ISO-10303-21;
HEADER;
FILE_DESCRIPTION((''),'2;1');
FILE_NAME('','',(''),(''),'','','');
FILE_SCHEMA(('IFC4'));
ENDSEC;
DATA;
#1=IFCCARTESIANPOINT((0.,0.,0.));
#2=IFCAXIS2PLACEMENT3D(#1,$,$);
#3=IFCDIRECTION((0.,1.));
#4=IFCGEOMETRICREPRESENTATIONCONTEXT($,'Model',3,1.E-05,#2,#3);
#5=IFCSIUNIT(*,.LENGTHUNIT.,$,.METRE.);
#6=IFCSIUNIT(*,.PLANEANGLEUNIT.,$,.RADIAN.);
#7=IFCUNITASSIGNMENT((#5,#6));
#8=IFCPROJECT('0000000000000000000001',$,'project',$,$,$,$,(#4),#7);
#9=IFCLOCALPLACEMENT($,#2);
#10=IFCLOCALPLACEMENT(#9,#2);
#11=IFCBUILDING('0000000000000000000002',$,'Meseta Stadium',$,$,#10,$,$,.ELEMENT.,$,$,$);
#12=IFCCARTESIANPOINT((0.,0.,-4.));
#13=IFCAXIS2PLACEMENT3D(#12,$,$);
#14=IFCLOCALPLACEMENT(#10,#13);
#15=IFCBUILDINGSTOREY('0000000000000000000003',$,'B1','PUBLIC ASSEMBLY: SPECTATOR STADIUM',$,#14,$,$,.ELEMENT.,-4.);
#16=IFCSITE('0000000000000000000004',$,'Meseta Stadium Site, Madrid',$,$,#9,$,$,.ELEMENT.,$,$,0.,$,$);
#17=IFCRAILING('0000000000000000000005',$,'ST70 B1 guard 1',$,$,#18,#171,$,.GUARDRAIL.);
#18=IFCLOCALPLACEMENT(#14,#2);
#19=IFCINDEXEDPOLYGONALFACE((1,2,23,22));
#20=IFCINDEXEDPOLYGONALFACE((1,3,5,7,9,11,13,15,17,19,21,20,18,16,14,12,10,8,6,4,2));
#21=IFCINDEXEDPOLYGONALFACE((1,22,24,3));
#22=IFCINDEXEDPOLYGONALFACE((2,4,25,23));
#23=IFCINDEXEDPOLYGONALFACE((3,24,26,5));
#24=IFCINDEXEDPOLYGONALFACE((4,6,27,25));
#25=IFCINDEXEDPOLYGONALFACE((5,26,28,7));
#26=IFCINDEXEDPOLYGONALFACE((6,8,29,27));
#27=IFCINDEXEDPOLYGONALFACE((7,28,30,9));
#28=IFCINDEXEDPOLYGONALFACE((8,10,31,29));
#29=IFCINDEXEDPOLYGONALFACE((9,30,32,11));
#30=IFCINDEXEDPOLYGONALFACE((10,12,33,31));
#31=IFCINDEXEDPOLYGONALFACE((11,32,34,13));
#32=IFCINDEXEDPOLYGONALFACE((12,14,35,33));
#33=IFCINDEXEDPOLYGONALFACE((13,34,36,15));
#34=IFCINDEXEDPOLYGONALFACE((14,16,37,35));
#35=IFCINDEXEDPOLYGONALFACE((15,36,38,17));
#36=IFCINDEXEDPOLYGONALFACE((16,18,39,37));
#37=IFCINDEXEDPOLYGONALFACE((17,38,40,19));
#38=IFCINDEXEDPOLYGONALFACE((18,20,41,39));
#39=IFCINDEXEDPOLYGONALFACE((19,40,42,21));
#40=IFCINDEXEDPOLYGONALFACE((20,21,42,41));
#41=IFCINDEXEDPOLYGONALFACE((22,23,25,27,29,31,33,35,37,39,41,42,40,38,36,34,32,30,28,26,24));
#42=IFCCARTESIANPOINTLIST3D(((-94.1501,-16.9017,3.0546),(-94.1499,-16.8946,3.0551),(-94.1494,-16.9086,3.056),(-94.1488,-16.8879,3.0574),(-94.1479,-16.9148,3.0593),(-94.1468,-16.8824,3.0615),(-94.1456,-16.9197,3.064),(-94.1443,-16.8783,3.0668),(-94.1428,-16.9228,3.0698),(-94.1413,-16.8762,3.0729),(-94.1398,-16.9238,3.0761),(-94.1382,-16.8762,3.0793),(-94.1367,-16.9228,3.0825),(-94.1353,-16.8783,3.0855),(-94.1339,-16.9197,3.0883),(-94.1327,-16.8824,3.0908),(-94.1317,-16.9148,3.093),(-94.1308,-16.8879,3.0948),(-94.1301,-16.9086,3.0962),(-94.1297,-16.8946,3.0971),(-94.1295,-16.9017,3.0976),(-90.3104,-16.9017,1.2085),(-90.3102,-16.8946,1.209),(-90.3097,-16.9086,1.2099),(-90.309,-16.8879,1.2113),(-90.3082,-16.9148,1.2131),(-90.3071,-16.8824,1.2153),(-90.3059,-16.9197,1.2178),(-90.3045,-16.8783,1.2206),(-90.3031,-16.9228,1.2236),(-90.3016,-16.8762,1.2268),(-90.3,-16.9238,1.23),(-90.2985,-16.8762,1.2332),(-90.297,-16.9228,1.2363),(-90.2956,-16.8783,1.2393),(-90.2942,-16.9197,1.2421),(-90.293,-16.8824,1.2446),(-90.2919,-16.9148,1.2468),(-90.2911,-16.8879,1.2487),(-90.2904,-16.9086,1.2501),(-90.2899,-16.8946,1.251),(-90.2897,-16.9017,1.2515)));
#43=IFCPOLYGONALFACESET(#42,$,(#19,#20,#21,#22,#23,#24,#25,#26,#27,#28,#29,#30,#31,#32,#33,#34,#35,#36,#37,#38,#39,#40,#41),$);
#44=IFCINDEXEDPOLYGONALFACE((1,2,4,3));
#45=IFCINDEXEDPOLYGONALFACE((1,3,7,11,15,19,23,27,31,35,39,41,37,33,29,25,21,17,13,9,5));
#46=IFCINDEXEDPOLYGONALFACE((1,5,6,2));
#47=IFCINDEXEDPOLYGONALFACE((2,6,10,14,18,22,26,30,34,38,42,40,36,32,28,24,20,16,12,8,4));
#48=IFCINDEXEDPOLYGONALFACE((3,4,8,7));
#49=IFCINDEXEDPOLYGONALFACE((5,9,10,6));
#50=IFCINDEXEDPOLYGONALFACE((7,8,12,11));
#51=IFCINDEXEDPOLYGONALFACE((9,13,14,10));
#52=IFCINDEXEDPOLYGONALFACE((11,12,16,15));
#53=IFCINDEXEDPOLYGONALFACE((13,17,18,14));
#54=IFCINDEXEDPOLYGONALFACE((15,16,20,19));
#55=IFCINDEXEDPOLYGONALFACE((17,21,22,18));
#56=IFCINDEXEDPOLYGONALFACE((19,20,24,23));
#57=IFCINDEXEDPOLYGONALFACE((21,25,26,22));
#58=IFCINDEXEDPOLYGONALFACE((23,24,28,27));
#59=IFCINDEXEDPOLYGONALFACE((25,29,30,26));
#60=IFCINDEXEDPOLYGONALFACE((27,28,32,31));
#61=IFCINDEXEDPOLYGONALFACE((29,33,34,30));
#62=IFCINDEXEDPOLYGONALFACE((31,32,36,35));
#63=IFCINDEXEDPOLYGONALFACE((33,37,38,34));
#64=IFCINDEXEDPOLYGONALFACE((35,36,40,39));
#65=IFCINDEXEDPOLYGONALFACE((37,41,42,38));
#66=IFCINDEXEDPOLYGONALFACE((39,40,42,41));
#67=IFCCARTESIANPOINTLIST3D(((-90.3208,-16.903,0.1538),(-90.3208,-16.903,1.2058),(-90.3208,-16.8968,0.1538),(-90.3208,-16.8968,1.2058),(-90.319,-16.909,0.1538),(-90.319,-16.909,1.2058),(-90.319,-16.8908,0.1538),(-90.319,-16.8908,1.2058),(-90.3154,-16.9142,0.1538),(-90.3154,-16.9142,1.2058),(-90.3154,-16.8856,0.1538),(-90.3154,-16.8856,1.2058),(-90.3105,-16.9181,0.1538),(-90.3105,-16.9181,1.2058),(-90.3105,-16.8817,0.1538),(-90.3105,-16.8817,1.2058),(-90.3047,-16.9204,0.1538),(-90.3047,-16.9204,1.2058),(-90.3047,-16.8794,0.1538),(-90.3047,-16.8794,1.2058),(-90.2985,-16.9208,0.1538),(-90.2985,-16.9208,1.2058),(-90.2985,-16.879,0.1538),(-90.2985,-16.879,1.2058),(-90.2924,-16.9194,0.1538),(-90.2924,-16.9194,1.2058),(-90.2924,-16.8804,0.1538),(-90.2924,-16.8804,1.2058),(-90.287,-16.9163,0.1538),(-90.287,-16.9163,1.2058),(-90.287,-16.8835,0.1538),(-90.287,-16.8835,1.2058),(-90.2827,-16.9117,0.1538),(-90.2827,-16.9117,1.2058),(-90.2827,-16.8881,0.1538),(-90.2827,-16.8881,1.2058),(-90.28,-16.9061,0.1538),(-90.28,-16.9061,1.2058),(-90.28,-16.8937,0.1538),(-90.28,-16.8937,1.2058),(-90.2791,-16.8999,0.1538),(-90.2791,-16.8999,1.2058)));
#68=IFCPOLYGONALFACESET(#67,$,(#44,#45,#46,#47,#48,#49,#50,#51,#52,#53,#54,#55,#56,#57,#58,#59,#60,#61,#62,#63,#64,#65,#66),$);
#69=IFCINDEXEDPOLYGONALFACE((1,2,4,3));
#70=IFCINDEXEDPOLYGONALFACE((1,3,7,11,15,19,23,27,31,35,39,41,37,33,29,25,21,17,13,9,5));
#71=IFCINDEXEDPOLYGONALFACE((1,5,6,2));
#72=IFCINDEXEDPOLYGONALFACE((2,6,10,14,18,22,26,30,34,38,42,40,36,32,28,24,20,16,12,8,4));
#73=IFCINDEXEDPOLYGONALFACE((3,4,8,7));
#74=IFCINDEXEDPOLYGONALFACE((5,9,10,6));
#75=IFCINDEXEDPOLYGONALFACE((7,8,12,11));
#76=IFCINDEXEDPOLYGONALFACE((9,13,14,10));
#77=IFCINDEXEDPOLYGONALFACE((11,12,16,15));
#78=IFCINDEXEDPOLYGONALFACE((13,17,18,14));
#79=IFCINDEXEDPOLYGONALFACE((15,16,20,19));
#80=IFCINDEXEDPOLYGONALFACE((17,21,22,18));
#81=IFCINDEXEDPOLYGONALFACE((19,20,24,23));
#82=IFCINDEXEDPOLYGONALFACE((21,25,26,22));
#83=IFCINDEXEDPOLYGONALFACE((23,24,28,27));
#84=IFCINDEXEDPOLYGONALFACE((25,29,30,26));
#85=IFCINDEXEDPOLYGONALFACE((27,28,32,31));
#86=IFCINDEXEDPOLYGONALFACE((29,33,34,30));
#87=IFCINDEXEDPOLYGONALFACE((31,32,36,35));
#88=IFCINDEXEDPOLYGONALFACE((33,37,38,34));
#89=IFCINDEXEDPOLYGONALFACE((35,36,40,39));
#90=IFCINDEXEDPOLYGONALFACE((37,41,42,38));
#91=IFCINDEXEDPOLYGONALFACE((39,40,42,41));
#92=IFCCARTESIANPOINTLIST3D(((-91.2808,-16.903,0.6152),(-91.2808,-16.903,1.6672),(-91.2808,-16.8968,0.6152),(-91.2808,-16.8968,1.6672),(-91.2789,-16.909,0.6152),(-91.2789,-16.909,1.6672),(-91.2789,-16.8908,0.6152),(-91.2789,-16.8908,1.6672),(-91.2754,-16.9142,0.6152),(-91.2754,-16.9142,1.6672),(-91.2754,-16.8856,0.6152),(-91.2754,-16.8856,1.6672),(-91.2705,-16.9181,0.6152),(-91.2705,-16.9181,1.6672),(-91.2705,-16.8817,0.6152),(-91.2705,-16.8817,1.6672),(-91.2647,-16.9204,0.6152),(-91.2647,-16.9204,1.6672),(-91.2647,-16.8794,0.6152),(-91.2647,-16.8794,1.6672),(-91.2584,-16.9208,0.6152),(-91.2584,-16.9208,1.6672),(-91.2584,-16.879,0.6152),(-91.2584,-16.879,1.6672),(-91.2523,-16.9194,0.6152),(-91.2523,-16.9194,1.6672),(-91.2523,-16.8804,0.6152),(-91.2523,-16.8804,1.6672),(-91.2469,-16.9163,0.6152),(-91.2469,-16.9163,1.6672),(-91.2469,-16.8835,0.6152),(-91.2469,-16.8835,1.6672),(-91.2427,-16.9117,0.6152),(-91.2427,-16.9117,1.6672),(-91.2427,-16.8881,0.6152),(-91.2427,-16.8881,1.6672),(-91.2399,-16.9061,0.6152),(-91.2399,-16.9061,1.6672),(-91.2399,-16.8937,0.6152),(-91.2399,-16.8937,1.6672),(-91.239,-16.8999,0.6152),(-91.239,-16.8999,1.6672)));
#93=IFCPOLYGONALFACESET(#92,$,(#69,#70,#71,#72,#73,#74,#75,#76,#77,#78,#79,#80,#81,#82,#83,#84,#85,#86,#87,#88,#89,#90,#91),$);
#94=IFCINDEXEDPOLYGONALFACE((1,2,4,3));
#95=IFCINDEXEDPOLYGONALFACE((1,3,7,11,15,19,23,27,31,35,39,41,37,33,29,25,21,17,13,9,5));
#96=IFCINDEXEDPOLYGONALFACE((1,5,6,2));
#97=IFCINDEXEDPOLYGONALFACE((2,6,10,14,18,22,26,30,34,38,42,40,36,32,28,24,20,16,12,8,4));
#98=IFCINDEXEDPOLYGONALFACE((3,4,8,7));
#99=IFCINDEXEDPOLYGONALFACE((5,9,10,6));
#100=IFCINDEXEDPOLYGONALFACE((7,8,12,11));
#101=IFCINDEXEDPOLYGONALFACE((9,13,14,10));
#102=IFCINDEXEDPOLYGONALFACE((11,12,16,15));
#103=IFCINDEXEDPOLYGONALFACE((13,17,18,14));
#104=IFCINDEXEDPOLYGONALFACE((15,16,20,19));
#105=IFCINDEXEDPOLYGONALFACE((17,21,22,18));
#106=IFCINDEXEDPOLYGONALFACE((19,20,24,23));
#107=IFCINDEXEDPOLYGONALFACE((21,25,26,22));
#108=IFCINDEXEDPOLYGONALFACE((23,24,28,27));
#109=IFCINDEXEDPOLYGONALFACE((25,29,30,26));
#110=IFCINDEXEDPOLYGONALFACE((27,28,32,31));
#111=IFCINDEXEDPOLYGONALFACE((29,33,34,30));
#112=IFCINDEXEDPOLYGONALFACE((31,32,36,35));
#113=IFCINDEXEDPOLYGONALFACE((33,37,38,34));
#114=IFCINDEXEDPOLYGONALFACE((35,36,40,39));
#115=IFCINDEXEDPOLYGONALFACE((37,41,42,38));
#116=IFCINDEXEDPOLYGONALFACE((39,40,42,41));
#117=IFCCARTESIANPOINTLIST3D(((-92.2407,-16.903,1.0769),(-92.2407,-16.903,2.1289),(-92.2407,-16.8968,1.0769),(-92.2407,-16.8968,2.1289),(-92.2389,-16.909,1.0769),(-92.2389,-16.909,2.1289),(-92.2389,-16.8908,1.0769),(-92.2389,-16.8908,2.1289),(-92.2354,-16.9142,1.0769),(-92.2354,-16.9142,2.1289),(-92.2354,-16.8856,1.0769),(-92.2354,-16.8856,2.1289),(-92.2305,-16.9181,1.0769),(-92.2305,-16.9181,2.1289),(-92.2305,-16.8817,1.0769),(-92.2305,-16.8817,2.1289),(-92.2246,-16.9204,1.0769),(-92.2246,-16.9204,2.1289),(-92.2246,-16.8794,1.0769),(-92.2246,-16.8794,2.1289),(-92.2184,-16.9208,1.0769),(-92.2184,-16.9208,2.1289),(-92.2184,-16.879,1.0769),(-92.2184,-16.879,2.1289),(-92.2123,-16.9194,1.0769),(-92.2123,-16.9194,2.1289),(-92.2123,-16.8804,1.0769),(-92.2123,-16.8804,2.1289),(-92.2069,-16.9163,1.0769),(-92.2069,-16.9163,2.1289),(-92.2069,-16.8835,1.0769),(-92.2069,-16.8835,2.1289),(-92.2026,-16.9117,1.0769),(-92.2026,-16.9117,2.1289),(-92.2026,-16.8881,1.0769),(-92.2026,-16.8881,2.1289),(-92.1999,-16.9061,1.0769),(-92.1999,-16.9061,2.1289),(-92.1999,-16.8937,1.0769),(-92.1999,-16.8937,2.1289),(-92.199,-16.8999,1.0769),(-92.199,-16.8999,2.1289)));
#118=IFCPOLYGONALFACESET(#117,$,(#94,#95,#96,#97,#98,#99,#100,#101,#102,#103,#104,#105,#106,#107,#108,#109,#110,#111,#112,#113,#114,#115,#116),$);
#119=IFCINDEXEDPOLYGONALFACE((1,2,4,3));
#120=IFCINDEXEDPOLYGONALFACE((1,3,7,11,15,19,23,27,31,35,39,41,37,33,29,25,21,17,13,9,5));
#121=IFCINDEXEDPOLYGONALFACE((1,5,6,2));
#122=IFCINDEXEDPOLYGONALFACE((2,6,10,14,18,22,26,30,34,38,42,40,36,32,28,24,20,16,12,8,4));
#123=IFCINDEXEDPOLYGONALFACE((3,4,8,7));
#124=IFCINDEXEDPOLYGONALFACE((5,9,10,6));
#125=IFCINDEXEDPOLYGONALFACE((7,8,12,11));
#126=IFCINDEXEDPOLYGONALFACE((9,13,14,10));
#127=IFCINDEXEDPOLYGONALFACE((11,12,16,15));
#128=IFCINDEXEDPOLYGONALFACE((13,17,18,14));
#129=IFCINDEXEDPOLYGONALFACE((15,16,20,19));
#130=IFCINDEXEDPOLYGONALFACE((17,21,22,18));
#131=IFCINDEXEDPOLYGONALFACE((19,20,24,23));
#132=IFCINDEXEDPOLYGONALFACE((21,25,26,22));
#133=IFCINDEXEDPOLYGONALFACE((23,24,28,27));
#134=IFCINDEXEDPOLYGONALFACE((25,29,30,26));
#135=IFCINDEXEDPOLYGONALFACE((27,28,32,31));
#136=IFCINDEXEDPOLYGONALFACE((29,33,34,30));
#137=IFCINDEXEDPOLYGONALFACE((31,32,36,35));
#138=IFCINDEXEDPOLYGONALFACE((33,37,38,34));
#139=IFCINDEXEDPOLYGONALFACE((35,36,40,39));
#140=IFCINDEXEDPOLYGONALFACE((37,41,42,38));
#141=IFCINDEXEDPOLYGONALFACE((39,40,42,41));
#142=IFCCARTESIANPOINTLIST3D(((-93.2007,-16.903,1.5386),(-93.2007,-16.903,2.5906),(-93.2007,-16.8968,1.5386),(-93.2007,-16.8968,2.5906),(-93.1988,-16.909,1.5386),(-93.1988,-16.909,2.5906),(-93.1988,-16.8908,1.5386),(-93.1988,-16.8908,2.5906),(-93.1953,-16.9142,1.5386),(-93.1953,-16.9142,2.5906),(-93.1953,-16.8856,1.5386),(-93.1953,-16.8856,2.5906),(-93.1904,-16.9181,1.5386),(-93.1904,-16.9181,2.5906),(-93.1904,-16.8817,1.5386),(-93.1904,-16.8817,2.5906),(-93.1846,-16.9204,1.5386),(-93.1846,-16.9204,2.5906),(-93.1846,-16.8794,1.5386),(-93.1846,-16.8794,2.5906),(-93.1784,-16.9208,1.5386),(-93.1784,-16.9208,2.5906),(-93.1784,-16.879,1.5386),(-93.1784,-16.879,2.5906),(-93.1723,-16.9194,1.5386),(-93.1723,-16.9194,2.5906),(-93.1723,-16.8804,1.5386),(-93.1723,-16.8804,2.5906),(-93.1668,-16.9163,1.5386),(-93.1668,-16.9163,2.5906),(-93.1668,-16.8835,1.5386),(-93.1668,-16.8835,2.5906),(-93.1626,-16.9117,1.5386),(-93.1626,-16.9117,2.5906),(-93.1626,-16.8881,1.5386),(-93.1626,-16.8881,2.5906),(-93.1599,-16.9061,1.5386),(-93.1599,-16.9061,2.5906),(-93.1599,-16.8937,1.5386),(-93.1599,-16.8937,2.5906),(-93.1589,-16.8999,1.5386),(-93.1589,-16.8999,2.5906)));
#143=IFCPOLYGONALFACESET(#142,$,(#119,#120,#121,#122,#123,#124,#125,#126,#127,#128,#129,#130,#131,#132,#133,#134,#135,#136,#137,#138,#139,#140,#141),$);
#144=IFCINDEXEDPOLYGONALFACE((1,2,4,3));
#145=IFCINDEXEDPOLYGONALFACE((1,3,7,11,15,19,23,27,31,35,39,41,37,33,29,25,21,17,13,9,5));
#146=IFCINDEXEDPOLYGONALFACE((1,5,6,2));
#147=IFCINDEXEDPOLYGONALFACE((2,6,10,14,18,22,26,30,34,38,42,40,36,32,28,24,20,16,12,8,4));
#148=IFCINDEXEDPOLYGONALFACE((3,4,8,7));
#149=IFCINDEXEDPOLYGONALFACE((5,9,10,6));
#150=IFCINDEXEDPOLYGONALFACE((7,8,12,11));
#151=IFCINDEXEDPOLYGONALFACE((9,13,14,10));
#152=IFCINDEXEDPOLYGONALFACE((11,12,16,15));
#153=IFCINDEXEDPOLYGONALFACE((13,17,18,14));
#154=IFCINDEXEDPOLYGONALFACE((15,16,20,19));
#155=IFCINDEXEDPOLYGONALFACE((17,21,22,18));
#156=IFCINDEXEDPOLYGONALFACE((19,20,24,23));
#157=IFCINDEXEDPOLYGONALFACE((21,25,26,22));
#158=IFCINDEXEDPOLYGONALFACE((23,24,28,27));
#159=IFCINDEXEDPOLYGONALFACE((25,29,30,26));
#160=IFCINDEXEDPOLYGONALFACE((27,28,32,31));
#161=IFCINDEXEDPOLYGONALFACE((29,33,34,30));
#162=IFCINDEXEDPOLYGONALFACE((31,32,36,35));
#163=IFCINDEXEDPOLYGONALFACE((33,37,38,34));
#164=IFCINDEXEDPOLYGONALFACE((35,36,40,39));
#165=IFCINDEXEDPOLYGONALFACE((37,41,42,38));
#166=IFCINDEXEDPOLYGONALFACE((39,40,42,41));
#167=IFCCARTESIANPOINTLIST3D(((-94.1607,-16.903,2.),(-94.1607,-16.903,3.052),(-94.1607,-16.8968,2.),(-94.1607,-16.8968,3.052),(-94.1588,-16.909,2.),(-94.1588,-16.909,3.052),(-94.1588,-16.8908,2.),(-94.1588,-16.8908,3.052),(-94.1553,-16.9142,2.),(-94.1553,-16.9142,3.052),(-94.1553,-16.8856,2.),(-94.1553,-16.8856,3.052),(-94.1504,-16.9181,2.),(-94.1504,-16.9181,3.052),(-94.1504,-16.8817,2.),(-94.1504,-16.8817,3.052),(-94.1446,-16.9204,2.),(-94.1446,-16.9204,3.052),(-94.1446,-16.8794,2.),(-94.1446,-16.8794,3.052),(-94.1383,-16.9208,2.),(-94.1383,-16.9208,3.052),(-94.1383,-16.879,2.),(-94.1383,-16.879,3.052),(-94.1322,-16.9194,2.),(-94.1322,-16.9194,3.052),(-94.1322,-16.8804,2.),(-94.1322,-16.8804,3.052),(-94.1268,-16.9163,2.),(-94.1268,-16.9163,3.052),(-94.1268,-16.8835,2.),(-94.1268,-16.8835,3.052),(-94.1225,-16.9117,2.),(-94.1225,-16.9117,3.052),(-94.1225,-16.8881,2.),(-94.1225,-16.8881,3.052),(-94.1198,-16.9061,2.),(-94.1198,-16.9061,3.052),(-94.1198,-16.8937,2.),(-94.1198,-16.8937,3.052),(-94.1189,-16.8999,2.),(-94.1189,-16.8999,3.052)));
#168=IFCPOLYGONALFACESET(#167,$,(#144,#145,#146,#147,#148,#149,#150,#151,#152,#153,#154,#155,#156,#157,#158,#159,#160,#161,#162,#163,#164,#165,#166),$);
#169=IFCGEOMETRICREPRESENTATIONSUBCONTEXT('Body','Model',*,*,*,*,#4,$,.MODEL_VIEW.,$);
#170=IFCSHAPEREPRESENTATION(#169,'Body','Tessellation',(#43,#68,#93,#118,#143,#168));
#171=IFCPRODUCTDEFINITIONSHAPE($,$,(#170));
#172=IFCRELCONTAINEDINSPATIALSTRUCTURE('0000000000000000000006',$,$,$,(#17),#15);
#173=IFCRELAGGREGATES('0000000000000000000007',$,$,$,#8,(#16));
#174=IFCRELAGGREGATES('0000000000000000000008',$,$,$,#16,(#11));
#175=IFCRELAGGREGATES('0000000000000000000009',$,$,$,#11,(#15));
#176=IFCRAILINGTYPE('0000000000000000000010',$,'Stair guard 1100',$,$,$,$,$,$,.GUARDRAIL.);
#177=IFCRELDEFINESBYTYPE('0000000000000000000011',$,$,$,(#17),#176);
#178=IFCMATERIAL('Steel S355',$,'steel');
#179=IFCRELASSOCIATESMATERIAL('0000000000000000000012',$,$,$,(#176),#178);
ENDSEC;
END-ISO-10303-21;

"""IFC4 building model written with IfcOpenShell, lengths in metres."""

from ifc_helpers import new_model, si_unit, direction, frame, origin, origin_2d, place, context, subcontext, project, spatial, circle, extrude, material, type_object, element, save


model = new_model("IFC4")

# Units and contexts
model_context = context("Model", 3, precision=1e-05, world=origin(), true_north=direction((0.0, 1.0)))
body_context = subcontext(model_context, "Body", "Model", "MODEL_VIEW")
ifc_project = project(units=[si_unit("LENGTHUNIT", "METRE"), si_unit("PLANEANGLEUNIT", "RADIAN")], contexts=[model_context])

# Site, building, storey
site_placement = place(None, origin())
site = spatial("IfcSite", under=ifc_project, at=site_placement, Name="Meseta Stadium Site, Madrid", CompositionType="ELEMENT", RefElevation=0.0)
building_placement = place(site_placement, origin())
building = spatial("IfcBuilding", under=site, at=building_placement, Name="Meseta Stadium", CompositionType="ELEMENT")
storey_placement = place(building_placement, frame((0.0, 0.0, -4.0)))
storey = spatial("IfcBuildingStorey", under=building, at=storey_placement, Name="B1", Description="PUBLIC ASSEMBLY: SPECTATOR STADIUM", CompositionType="ELEMENT", Elevation=-4.0)

# Railing
ifc_material_1 = material(Name="Steel S355", Category="steel")
railing_type_1 = type_object("IfcRailingType", Name="Stair guard 1100", PredefinedType="GUARDRAIL", material=ifc_material_1)
railing_1_placement = place(storey_placement, frame((-90.3, -16.8999, 0.1538)))
element("IfcRailing", 1, at=railing_1_placement, inside=storey, type_object=railing_type_1, Name="ST70 B1 guard 1", PredefinedType="GUARDRAIL", context=body_context, shape_type="SweptSolid", body=[
    extrude(circle(Radius=0.0239, at=origin_2d()), frame((0.0, 0.0, 1.0762), z_axis=(-0.901242, 0.0, 0.433316), x_axis=(0.0, -1.0, 0.0)), (0.0, 0.0, 1.0), 4.2605),
    extrude(circle(Radius=0.021, at=origin_2d()), origin(), (0.0, 0.0, 1.0), 1.052),
    extrude(circle(Radius=0.021, at=origin_2d()), frame((-0.96, 0.0, 0.4614)), (0.0, 0.0, 1.0), 1.052),
    extrude(circle(Radius=0.021, at=origin_2d()), frame((-1.9199, 0.0, 0.9231)), (0.0, 0.0, 1.0), 1.052),
    extrude(circle(Radius=0.021, at=origin_2d()), frame((-2.8799, 0.0, 1.3848)), (0.0, 0.0, 1.0), 1.052),
    extrude(circle(Radius=0.021, at=origin_2d()), frame((-3.8398, 0.0, 1.8462)), (0.0, 0.0, 1.0), 1.052),
])

save(model, "model.ifc")
